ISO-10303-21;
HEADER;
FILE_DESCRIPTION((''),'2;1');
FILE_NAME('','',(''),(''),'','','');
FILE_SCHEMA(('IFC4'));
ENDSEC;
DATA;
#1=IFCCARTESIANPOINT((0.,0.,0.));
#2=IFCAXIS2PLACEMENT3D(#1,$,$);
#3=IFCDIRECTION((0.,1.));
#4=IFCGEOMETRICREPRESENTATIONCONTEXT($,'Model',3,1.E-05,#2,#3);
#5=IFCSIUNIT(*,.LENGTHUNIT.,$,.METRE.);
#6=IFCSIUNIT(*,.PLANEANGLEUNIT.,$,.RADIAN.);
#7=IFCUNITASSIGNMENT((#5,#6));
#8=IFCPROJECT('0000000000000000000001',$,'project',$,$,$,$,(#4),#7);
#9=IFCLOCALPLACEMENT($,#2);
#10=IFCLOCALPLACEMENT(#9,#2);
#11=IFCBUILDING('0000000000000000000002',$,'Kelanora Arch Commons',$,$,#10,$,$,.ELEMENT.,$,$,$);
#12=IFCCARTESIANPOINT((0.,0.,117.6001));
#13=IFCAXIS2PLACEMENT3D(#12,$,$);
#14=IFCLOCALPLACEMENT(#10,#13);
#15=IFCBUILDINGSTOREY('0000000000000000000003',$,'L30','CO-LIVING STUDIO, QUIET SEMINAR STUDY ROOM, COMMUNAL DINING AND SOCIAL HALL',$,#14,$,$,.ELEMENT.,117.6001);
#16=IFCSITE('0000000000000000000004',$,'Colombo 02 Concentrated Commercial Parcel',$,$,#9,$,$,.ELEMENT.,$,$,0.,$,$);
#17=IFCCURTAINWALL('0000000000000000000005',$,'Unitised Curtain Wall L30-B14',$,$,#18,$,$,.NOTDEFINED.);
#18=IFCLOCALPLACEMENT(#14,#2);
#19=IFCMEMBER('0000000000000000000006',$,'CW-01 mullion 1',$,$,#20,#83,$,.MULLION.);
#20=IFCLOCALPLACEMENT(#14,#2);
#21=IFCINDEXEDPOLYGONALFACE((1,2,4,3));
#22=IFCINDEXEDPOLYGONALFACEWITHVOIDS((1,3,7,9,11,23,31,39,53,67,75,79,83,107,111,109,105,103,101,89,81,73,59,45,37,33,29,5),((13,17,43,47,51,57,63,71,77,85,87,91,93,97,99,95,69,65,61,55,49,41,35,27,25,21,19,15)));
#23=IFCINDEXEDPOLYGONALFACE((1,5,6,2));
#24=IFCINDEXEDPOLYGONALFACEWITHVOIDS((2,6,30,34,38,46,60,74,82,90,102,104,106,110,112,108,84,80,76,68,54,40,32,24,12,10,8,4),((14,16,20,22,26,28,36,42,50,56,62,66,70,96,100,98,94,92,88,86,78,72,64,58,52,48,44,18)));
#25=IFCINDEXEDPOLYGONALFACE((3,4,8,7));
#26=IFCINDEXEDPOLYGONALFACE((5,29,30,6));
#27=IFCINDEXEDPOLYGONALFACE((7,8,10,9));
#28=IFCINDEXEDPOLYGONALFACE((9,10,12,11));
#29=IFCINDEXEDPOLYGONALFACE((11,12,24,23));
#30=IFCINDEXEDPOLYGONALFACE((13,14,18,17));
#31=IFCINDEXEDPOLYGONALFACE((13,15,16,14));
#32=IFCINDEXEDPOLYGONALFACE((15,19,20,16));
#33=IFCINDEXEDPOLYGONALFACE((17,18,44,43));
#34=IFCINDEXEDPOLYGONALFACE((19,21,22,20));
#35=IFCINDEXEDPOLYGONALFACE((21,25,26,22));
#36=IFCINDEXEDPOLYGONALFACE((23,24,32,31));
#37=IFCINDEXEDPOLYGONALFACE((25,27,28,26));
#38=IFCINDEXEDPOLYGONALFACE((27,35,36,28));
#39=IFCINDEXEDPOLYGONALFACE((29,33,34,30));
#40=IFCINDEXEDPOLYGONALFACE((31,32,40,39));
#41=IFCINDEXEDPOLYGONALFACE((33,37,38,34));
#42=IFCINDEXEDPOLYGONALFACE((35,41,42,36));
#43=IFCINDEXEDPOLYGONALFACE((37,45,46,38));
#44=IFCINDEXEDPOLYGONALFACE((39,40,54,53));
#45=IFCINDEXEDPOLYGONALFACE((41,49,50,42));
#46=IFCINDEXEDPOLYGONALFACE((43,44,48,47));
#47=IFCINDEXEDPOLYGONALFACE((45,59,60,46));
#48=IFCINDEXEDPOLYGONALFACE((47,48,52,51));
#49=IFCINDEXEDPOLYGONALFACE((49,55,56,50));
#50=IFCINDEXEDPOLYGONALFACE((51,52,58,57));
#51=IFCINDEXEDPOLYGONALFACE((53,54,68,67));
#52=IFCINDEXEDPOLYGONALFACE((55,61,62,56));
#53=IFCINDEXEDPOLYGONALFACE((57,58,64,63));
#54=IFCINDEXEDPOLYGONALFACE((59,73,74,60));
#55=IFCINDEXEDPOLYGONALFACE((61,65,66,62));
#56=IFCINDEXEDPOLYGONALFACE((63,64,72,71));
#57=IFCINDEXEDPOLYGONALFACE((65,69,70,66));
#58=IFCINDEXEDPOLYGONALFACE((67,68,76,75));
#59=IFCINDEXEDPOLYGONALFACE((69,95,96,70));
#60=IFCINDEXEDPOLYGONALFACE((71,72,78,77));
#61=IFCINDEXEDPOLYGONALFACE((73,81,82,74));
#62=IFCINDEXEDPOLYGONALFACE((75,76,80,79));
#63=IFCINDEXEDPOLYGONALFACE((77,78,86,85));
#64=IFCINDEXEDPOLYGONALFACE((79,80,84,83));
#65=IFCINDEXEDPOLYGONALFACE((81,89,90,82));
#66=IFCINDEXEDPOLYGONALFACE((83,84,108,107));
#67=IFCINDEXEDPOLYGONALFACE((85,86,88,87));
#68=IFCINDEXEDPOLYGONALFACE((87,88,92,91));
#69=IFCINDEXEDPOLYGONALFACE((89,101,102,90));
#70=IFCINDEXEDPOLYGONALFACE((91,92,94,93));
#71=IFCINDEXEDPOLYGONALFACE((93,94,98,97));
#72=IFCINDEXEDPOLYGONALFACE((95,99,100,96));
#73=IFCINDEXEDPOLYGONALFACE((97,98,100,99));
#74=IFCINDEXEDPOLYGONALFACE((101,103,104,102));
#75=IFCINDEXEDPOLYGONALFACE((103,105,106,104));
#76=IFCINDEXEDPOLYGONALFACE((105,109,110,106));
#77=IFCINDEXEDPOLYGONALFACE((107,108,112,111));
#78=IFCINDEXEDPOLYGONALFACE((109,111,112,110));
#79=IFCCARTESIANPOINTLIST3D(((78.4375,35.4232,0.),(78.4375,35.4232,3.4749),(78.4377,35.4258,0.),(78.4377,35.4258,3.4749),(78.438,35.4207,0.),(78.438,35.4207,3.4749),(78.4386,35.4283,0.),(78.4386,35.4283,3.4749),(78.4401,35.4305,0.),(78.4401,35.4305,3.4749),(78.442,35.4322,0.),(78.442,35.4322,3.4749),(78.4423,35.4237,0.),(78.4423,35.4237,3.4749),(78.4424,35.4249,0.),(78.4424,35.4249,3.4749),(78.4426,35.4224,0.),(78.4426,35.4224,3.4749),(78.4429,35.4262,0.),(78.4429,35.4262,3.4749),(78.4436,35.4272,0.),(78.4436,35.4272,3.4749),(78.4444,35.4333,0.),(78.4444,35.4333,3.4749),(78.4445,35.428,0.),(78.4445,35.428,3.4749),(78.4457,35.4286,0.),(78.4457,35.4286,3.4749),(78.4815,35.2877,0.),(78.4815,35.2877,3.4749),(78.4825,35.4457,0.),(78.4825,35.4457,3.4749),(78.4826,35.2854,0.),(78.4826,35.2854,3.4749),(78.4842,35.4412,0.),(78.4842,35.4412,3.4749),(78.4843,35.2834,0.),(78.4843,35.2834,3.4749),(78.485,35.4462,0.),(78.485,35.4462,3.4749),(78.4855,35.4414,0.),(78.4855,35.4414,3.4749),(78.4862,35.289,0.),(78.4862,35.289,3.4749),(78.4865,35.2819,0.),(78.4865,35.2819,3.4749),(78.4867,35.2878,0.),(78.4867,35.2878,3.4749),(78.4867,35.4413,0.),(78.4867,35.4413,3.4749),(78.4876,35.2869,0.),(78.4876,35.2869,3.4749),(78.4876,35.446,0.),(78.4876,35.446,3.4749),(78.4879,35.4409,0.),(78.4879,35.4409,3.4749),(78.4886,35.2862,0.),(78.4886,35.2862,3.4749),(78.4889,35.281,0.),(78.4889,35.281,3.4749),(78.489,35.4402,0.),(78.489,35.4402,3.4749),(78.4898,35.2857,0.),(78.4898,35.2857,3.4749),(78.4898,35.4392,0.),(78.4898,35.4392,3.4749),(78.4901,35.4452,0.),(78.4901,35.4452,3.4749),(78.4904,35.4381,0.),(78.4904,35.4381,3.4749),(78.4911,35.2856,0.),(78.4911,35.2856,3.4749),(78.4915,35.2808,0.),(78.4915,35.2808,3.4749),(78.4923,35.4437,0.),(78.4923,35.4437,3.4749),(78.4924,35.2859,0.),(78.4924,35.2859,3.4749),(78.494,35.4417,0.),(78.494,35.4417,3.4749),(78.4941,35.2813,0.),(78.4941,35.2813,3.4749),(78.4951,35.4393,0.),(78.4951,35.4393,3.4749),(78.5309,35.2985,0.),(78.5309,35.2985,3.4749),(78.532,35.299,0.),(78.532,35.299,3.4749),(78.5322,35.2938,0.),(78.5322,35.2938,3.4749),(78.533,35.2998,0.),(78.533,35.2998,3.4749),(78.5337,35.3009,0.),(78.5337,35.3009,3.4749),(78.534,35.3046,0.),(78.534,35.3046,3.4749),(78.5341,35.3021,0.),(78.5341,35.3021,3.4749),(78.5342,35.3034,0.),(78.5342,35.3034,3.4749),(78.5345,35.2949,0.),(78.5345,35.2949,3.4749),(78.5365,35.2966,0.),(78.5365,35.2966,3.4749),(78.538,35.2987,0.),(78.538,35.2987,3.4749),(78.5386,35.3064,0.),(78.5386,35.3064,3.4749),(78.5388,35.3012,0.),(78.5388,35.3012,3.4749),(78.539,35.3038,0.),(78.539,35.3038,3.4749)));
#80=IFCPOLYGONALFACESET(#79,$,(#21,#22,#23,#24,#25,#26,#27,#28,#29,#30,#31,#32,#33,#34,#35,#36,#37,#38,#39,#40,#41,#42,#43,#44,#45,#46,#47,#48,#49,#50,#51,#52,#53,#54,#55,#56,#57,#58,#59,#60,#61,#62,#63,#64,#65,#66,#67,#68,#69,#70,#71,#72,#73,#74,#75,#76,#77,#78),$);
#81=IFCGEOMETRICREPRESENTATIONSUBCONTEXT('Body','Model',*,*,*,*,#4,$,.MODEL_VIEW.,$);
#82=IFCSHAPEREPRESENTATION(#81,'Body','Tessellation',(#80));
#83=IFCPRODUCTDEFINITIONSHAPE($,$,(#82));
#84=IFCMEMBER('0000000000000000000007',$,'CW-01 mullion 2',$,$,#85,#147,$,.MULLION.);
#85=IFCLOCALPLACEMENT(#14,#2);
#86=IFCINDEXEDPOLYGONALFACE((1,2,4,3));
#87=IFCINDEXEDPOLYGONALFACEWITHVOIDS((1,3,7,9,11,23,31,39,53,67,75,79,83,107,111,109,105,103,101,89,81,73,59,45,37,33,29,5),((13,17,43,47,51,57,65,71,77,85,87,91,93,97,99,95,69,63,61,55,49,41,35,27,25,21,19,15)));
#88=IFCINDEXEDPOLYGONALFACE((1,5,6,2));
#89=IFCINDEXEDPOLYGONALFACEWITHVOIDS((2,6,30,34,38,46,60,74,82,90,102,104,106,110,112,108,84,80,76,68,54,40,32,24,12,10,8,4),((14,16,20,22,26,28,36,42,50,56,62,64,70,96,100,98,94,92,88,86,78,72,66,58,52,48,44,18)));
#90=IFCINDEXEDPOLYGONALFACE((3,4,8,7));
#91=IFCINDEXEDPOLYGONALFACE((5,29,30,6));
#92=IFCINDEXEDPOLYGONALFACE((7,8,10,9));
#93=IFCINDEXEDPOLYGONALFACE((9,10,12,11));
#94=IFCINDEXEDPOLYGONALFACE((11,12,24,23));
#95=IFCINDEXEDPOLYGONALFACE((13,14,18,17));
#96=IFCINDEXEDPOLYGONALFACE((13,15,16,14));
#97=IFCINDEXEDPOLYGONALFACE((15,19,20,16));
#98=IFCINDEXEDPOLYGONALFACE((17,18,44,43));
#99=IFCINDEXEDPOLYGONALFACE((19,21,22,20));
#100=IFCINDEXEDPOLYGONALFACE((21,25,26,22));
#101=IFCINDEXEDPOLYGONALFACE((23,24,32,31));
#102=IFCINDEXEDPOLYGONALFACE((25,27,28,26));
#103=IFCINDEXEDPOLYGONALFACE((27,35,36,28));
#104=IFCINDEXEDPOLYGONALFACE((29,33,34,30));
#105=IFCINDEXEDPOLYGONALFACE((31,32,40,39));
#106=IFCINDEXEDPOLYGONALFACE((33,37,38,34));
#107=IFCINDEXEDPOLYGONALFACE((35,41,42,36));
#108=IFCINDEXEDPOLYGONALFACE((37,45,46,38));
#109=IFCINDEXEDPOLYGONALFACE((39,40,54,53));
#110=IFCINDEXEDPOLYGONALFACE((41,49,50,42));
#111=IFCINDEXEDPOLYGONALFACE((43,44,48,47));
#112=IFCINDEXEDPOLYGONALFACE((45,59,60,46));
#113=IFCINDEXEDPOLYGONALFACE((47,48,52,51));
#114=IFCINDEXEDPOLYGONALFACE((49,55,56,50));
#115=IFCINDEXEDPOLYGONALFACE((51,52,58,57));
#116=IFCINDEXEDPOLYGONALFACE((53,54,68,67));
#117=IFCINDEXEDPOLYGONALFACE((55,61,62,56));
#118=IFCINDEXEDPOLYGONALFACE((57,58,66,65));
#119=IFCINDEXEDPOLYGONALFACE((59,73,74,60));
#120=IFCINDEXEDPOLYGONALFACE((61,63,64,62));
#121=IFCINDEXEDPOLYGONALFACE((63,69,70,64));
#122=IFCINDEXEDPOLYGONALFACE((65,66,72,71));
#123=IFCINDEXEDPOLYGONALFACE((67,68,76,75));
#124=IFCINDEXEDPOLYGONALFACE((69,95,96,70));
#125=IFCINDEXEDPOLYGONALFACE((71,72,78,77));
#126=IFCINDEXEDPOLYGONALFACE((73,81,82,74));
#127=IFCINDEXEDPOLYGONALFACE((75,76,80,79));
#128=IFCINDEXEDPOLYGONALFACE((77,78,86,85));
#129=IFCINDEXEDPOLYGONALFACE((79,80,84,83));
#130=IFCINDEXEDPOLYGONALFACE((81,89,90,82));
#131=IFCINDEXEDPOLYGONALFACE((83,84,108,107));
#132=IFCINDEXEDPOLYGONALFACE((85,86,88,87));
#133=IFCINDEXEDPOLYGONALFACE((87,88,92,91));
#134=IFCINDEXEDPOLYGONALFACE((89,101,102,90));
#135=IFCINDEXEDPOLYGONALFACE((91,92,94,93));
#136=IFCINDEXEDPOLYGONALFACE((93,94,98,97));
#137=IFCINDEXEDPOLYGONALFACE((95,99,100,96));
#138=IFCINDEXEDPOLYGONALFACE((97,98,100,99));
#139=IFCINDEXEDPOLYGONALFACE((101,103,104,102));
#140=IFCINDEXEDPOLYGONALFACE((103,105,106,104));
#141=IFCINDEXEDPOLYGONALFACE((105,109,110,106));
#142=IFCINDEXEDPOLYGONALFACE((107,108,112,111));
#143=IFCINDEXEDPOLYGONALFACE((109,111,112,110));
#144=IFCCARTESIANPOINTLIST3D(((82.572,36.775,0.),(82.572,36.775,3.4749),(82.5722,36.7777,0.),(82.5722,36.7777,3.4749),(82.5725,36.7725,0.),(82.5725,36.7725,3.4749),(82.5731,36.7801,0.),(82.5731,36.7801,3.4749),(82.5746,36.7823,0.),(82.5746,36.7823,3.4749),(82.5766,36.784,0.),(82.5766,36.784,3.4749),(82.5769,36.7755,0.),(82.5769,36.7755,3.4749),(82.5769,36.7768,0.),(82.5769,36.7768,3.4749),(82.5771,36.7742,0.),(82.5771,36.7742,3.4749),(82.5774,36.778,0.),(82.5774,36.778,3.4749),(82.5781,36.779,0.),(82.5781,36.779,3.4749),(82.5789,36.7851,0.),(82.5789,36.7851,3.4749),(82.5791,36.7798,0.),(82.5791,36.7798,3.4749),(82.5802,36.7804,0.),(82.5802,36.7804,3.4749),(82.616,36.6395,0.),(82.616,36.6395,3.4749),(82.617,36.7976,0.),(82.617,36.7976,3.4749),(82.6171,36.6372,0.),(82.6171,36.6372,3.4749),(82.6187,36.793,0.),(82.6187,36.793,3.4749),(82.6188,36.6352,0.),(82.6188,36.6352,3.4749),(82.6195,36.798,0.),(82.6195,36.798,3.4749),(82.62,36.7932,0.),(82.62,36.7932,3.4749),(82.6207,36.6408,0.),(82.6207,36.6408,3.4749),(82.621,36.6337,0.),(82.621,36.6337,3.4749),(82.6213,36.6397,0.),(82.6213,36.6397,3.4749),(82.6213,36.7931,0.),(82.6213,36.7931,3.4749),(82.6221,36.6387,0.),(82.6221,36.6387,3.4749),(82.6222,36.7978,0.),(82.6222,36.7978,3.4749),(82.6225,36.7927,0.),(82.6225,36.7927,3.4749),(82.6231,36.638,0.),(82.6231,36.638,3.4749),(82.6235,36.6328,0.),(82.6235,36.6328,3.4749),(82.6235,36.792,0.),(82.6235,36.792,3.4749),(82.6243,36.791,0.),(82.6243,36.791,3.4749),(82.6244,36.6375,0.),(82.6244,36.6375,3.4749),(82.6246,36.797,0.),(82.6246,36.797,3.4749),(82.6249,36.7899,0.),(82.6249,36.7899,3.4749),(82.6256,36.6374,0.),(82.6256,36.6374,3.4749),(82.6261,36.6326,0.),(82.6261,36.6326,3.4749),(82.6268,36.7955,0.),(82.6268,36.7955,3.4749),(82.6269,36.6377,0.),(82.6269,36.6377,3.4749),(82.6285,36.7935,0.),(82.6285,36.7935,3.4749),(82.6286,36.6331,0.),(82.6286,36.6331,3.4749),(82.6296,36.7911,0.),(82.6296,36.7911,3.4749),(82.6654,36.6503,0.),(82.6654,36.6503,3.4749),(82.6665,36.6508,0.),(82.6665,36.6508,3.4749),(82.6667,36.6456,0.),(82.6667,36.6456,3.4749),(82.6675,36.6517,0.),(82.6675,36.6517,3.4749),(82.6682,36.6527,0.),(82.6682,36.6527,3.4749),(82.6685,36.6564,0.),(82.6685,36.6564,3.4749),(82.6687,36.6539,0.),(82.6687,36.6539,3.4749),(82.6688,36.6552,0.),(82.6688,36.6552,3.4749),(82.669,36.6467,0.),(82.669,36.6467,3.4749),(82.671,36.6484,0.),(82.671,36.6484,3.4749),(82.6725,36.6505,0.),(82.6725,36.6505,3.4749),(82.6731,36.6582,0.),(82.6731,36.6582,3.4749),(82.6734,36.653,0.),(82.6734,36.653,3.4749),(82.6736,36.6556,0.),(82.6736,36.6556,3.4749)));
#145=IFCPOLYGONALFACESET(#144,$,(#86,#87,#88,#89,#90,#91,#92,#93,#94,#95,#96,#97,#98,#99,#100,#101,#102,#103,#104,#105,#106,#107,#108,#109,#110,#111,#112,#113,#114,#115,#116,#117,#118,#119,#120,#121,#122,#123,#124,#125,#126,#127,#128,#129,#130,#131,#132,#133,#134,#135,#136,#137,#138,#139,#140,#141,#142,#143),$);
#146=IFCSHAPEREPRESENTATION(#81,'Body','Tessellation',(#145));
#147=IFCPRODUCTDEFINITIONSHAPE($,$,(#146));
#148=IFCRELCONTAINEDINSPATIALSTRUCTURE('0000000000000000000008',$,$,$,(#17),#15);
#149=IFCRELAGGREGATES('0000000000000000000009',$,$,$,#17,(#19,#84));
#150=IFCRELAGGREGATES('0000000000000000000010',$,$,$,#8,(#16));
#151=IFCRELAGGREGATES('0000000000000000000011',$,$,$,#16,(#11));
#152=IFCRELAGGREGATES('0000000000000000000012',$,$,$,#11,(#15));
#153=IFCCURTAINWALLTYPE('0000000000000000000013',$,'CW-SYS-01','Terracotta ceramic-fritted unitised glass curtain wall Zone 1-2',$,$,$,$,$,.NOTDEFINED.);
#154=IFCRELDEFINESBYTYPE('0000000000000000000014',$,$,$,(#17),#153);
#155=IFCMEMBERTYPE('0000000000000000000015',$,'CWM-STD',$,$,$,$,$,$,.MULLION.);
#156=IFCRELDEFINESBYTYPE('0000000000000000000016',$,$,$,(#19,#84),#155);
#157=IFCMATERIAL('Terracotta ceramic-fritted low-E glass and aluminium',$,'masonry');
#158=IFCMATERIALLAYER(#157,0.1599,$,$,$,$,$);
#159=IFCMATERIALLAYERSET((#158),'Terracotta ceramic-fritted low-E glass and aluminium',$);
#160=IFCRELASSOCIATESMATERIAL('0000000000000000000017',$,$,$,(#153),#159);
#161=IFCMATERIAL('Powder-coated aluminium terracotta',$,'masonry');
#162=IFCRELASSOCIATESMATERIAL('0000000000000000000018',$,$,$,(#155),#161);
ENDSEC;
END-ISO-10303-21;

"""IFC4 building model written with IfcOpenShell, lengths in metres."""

from ifc_helpers import new_model, si_unit, direction, frame, origin, origin_2d, place, context, subcontext, project, spatial, hollow_rectangle, extrude, material, layer, layer_set, material_profile, profile_set, type_object, element, aggregate, save


model = new_model("IFC4")

# Units and contexts
model_context = context("Model", 3, precision=1e-05, world=origin(), true_north=direction((0.0, 1.0)))
body_context = subcontext(model_context, "Body", "Model", "MODEL_VIEW")
ifc_project = project(units=[si_unit("LENGTHUNIT", "METRE"), si_unit("PLANEANGLEUNIT", "RADIAN")], contexts=[model_context])

# Site, building, storey
site_placement = place(None, origin())
site = spatial("IfcSite", under=ifc_project, at=site_placement, Name="Colombo 02 Concentrated Commercial Parcel", CompositionType="ELEMENT", RefElevation=0.0)
building_placement = place(site_placement, origin())
building = spatial("IfcBuilding", under=site, at=building_placement, Name="Kelanora Arch Commons", CompositionType="ELEMENT")
storey_placement = place(building_placement, frame((0.0, 0.0, 117.6001)))
storey = spatial("IfcBuildingStorey", under=building, at=storey_placement, Name="L30", Description="CO-LIVING STUDIO, QUIET SEMINAR STUDY ROOM, COMMUNAL DINING AND SOCIAL HALL", CompositionType="ELEMENT", Elevation=117.6001)

# Curtain wall, members
ifc_material_1 = material(Name="Terracotta ceramic-fritted low-E glass and aluminium", Category="masonry")
ifc_layer_1 = layer(ifc_material_1, 0.1599)
ifc_layer_set_1 = layer_set([ifc_layer_1], Name="Terracotta ceramic-fritted low-E glass and aluminium")
curtain_wall_type = type_object("IfcCurtainWallType", Name="CW-SYS-01", Description="Terracotta ceramic-fritted unitised glass curtain wall Zone 1-2", PredefinedType="NOTDEFINED", material=ifc_layer_set_1)
curtain_wall_placement = place(storey_placement, origin())
curtain_wall = element("IfcCurtainWall", 1, at=curtain_wall_placement, inside=storey, type_object=curtain_wall_type, Name="Unitised Curtain Wall L30-B14", PredefinedType="NOTDEFINED")
ifc_material_2 = material(Name="Powder-coated aluminium terracotta", Category="masonry")
ifc_material_profile_1 = material_profile(ifc_material_2, hollow_rectangle(XDim=0.1599, YDim=0.0601, WallThickness=0.0049, InnerFilletRadius=0.0049, OuterFilletRadius=0.01, at=origin_2d()), Name="CWM160x60")
ifc_profile_set_1 = profile_set([ifc_material_profile_1], Name="Powder-coated aluminium terracotta")
member_type_1 = type_object("IfcMemberType", Name="CWM-STD", PredefinedType="MULLION", material=ifc_profile_set_1)
member_1_placement = place(storey_placement, frame((78.4883, 35.3635, 0.0), z_axis=(0.0, 0.0, 1.0), x_axis=(-0.310805, 0.950474, 0.0)))
member_1 = element("IfcMember", 2, at=member_1_placement, type_object=member_type_1, Name="CW-01 mullion 1", PredefinedType="MULLION", context=body_context, shape_type="SweptSolid", body=[
    extrude(hollow_rectangle(XDim=0.1599, YDim=0.0601, WallThickness=0.0049, InnerFilletRadius=0.0049, OuterFilletRadius=0.01, at=origin_2d()), origin(), (0.0, 0.0, 1.0), 3.4749),
])
member_2_placement = place(storey_placement, frame((82.6228, 36.7153, 0.0), z_axis=(0.0, 0.0, 1.0), x_axis=(-0.310805, 0.950474, 0.0)))
member_2 = element("IfcMember", 3, at=member_2_placement, type_object=member_type_1, Name="CW-01 mullion 2", PredefinedType="MULLION", context=body_context, shape_type="SweptSolid", body=[
    extrude(hollow_rectangle(XDim=0.1599, YDim=0.0601, WallThickness=0.0049, InnerFilletRadius=0.0049, OuterFilletRadius=0.01, at=origin_2d()), origin(), (0.0, 0.0, 1.0), 3.4749),
])
aggregate(curtain_wall, [member_1, member_2])

save(model, "model.ifc")
